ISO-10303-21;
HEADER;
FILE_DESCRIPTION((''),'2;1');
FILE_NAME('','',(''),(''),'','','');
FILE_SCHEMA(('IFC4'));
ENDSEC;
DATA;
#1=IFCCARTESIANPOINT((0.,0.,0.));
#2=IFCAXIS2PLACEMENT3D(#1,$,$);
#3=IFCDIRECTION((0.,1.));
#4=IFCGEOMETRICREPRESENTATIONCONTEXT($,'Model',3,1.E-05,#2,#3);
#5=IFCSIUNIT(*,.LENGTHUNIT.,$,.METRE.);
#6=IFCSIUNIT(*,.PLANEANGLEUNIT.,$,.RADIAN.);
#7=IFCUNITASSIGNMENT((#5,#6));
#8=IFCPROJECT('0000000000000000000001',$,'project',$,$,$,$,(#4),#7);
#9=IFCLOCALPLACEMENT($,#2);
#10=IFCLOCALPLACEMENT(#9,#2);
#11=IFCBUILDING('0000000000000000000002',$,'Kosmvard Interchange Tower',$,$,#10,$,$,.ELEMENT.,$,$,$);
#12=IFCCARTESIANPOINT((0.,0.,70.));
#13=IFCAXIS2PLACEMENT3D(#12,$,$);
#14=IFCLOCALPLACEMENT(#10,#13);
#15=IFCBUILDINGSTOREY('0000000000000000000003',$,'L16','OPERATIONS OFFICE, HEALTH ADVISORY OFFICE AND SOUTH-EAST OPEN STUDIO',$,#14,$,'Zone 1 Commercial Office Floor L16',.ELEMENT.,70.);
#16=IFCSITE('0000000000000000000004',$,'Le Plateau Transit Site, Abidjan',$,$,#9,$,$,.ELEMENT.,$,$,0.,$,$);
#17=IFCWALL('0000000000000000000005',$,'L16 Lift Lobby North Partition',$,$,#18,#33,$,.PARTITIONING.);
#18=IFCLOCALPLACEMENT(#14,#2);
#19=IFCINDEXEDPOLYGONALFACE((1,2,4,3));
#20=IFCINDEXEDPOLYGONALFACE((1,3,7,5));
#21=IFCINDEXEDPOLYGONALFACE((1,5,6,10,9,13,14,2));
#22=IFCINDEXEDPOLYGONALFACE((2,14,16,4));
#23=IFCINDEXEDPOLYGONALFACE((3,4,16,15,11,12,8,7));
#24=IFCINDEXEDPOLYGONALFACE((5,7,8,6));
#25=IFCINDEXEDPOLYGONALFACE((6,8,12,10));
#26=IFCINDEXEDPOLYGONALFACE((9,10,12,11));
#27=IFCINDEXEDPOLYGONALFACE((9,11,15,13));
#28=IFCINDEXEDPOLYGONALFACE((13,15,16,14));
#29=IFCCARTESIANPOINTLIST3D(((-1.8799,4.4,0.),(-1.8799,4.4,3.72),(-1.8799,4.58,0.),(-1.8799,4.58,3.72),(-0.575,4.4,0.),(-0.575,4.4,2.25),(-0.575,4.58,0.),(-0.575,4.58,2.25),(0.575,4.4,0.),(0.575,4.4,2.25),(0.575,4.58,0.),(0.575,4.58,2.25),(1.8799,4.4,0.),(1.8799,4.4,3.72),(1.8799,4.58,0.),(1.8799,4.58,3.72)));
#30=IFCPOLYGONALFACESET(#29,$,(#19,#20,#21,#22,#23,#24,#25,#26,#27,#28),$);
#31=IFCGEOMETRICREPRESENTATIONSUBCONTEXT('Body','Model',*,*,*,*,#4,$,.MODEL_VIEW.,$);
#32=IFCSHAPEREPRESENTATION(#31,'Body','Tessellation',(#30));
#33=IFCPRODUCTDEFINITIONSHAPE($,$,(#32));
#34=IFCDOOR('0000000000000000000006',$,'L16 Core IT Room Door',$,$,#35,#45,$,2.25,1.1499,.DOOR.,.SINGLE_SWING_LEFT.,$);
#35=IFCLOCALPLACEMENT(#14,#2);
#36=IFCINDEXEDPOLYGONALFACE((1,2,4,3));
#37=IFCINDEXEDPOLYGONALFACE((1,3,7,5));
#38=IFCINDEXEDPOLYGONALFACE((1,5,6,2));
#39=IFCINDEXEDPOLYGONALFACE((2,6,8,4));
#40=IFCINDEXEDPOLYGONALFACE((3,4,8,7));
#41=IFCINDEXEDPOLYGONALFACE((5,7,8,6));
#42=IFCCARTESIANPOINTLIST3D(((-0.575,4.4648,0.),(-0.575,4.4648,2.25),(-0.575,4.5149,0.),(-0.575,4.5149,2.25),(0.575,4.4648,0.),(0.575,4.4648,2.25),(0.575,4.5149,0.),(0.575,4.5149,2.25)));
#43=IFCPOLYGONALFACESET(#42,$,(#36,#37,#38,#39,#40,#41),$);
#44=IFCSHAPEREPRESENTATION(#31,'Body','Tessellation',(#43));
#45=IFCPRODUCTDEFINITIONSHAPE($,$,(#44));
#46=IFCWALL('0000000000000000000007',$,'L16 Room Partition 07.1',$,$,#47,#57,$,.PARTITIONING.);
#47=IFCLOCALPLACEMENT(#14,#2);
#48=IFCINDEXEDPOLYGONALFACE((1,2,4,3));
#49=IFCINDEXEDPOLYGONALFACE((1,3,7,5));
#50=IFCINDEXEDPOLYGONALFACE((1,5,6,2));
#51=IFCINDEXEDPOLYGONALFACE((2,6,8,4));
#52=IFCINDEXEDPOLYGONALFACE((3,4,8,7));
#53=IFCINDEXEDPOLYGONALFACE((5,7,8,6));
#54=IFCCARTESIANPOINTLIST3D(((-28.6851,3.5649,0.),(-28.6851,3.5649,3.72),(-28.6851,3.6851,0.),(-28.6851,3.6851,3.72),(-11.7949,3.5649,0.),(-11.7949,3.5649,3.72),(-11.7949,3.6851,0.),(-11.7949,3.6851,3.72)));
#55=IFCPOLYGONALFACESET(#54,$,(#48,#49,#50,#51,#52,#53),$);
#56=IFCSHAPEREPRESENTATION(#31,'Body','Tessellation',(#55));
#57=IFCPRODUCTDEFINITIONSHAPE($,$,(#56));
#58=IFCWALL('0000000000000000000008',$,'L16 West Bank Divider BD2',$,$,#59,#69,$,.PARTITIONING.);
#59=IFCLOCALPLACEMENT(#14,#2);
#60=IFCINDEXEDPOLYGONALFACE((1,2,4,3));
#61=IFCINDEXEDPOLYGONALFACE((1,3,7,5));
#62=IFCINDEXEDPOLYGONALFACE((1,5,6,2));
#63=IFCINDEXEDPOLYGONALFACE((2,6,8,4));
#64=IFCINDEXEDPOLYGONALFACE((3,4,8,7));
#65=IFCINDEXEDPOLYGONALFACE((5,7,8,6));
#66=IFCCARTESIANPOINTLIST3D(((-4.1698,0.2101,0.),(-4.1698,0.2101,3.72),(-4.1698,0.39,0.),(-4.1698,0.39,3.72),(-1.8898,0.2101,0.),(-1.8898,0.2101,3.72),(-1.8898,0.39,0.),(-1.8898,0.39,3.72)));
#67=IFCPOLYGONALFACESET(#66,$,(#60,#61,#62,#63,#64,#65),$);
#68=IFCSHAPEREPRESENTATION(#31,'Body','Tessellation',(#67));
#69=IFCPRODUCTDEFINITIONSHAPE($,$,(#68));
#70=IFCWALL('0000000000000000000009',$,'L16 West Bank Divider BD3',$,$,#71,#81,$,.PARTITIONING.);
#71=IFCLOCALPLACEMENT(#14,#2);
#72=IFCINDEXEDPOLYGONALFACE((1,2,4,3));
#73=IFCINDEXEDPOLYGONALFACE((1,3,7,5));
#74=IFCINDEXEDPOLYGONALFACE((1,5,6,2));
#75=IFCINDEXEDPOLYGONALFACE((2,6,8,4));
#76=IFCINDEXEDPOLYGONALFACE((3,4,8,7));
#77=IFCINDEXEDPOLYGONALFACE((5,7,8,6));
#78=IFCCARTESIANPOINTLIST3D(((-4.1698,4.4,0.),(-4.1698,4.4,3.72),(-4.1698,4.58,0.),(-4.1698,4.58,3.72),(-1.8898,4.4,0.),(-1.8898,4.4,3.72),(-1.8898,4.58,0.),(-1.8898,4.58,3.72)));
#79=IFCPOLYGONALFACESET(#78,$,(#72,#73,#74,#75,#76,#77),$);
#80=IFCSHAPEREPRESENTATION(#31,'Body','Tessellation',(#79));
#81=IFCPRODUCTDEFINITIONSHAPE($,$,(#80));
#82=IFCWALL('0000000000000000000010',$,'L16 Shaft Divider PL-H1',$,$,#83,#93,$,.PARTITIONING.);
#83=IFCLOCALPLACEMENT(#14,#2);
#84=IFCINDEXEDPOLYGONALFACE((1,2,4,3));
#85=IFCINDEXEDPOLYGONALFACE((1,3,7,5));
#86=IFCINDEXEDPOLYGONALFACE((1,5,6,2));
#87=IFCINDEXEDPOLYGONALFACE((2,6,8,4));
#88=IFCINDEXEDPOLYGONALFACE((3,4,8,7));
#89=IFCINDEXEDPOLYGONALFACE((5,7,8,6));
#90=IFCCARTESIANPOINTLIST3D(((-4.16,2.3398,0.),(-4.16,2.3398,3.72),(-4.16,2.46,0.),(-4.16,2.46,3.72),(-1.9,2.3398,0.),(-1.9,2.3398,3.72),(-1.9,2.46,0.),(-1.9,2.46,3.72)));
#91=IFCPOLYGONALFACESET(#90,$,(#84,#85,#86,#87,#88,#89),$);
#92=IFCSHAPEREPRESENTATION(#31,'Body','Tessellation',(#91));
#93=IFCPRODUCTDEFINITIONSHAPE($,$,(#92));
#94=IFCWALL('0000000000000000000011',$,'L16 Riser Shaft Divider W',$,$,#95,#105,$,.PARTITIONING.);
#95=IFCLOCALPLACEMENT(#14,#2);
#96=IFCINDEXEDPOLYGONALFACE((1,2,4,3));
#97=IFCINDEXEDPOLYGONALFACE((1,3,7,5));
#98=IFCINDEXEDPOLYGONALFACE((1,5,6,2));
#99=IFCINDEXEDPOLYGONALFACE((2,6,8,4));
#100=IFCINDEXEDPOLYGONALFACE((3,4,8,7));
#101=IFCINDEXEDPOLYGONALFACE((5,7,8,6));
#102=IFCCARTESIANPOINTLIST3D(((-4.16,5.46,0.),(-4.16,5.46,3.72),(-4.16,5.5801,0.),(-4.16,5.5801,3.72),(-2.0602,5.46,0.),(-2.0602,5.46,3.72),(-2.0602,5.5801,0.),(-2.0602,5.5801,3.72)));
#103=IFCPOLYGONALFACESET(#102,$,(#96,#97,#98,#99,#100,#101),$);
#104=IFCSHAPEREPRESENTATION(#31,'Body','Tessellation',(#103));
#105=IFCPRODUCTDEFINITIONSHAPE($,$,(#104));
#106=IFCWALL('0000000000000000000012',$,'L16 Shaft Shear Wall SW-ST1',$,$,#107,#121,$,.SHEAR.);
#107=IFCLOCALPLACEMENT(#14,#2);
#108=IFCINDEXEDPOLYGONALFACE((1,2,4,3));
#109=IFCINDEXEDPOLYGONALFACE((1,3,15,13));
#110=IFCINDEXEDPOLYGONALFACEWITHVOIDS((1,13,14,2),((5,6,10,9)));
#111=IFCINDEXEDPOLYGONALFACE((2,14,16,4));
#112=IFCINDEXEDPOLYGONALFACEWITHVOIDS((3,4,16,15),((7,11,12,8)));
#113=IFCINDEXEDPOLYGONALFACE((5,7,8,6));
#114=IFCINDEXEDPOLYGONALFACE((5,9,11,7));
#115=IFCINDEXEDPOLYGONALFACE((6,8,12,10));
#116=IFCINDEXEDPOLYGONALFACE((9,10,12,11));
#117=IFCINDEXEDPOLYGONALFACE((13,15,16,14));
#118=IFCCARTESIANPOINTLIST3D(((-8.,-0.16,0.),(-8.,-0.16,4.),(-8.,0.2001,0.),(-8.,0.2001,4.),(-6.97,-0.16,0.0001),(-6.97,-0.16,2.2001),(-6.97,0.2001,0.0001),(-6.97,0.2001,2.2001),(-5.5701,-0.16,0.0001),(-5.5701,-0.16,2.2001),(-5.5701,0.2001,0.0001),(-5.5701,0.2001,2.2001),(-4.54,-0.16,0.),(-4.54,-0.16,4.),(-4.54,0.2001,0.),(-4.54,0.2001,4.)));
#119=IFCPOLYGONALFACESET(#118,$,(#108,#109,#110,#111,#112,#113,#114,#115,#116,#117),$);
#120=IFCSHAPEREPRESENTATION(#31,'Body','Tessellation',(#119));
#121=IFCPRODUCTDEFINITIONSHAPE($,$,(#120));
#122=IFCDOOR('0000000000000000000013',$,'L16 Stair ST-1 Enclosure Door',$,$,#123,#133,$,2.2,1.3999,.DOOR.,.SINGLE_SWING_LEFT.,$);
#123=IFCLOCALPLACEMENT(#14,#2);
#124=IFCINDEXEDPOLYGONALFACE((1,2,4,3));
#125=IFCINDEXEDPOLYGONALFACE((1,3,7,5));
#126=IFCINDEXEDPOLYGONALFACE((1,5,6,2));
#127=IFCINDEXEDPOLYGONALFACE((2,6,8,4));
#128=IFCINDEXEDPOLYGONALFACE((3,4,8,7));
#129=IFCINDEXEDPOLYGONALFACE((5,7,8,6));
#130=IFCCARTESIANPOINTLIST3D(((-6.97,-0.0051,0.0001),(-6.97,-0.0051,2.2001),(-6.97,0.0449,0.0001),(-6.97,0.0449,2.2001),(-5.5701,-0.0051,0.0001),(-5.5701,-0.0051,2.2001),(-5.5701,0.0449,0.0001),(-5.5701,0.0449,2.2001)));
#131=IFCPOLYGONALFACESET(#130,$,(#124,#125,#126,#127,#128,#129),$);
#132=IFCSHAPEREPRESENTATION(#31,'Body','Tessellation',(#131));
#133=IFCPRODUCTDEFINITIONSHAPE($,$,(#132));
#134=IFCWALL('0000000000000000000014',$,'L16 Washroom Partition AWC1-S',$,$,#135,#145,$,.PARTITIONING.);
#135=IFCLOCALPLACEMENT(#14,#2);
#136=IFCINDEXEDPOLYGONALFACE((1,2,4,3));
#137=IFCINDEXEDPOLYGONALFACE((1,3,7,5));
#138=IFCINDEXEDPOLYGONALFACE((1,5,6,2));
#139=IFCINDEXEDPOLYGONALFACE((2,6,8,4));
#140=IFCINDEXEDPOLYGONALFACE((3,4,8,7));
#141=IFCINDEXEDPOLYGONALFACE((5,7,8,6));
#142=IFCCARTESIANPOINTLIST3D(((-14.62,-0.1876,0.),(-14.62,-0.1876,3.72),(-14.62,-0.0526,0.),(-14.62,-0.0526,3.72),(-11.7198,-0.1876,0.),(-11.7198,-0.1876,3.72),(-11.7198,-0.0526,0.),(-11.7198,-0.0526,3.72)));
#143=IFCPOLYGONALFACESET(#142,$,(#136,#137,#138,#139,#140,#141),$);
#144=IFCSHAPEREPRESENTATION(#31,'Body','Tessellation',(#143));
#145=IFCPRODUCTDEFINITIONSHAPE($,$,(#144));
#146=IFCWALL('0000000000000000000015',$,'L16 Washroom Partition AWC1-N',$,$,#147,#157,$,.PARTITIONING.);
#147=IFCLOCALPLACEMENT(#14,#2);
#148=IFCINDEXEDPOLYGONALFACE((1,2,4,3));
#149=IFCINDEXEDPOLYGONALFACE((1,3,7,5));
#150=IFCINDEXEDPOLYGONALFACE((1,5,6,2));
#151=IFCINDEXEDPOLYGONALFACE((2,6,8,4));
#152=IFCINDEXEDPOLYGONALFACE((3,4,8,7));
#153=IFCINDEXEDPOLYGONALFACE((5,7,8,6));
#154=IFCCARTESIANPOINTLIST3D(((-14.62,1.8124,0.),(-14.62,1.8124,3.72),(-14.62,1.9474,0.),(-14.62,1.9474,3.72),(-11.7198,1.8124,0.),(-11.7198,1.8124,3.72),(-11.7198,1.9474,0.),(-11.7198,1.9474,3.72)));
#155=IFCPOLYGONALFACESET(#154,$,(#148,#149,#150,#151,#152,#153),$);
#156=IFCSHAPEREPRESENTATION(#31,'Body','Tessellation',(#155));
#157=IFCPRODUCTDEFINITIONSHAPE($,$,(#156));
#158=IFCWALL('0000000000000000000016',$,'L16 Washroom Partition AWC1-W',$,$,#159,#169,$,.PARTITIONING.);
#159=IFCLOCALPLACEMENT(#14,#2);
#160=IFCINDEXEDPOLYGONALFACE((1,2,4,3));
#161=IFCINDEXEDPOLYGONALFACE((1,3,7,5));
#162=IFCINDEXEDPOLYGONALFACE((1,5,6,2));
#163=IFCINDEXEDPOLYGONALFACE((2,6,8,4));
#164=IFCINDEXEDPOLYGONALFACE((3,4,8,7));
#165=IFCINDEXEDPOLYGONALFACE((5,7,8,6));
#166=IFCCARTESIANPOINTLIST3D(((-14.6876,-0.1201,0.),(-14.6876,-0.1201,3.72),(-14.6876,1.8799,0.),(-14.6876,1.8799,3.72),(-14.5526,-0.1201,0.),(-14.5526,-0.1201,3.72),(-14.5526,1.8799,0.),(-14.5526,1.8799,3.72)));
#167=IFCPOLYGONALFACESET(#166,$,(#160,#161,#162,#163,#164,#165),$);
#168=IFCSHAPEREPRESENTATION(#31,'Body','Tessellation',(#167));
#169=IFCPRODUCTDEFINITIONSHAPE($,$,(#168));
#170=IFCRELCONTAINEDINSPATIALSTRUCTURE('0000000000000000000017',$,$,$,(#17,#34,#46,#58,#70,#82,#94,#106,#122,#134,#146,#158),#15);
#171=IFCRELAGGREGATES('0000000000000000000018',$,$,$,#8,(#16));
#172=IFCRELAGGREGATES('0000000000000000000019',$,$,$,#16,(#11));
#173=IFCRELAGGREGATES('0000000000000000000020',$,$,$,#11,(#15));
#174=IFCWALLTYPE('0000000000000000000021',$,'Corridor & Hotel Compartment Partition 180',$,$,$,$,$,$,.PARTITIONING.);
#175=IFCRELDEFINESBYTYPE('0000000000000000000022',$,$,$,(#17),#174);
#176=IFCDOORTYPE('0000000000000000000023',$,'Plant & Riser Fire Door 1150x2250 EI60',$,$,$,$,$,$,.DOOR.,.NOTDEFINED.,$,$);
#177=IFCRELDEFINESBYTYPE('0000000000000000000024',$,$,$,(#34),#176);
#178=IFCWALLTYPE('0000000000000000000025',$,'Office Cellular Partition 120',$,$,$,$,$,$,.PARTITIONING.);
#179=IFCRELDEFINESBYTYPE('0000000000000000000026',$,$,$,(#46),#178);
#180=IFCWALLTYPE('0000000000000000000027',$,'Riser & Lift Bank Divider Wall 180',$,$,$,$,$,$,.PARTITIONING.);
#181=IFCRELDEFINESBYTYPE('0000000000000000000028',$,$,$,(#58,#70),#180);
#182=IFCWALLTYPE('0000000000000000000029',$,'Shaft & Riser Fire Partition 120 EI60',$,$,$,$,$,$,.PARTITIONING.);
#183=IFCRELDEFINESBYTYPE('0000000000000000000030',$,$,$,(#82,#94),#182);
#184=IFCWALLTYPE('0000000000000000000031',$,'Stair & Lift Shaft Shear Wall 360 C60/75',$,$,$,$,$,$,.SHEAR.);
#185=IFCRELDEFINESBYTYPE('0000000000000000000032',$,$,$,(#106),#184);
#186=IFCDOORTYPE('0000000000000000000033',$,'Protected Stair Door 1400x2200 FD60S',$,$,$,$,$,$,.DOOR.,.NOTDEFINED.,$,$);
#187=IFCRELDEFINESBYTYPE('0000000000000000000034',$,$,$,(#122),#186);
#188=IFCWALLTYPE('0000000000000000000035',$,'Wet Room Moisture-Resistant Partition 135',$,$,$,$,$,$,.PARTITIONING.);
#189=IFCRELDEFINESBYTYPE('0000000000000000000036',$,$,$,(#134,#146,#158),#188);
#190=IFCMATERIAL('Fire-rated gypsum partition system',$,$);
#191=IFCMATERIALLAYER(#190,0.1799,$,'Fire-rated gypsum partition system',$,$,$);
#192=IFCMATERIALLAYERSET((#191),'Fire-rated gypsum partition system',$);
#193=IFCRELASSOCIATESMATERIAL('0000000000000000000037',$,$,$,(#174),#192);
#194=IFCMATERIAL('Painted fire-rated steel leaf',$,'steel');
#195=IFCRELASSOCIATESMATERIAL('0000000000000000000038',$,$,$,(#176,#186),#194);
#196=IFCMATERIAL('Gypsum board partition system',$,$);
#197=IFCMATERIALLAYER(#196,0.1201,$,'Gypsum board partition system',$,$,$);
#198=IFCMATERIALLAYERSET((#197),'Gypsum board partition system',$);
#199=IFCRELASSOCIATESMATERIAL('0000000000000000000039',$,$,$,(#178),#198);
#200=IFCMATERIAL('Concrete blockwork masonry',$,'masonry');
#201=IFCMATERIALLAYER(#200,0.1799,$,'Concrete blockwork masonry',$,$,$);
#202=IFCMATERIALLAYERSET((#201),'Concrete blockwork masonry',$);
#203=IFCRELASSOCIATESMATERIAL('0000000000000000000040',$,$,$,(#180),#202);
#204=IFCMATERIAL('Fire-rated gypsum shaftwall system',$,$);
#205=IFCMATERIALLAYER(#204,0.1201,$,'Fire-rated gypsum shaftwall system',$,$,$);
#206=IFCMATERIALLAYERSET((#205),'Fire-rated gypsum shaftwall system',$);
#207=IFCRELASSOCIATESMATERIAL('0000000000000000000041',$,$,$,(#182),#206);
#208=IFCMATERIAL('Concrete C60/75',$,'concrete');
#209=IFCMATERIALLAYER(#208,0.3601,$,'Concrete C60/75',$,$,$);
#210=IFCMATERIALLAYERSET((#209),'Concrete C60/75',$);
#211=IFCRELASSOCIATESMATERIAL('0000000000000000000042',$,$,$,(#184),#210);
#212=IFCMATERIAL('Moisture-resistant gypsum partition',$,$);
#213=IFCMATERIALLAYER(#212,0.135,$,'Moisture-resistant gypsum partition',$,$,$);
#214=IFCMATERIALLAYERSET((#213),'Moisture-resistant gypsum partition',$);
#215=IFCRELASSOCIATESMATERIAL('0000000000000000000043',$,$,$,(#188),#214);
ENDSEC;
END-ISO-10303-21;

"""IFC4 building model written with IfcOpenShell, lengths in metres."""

from ifc_helpers import new_model, si_unit, direction, frame, frame_2d, origin, place, context, subcontext, project, spatial, rectangle, extrude, source, transform, mapped, material, layer, layer_set, type_object, element, fill, save


model = new_model("IFC4")

# Units and contexts
model_context = context("Model", 3, precision=1e-05, world=origin(), true_north=direction((0.0, 1.0)))
body_context = subcontext(model_context, "Body", "Model", "MODEL_VIEW")
ifc_project = project(units=[si_unit("LENGTHUNIT", "METRE"), si_unit("PLANEANGLEUNIT", "RADIAN")], contexts=[model_context])

# Site, building, storey
site_placement = place(None, origin())
site = spatial("IfcSite", under=ifc_project, at=site_placement, Name="Le Plateau Transit Site, Abidjan", CompositionType="ELEMENT", RefElevation=0.0)
building_placement = place(site_placement, origin())
building = spatial("IfcBuilding", under=site, at=building_placement, Name="Kosmvard Interchange Tower", CompositionType="ELEMENT")
storey_placement = place(building_placement, frame((0.0, 0.0, 70.0)))
storey = spatial("IfcBuildingStorey", under=building, at=storey_placement, Name="L16", Description="OPERATIONS OFFICE, HEALTH ADVISORY OFFICE AND SOUTH-EAST OPEN STUDIO", LongName="Zone 1 Commercial Office Floor L16", CompositionType="ELEMENT", Elevation=70.0)

# Shared definitions
ifc_material_1 = material(Name="Concrete C60/75", Category="concrete")

# Shared definitions
ifc_material_2 = material(Name="Fire-rated gypsum partition system")

# Wall, opening, door
ifc_layer_1 = layer(ifc_material_2, 0.1799, Name="Fire-rated gypsum partition system")
ifc_layer_set_1 = layer_set([ifc_layer_1], Name="Fire-rated gypsum partition system")
wall_type_1 = type_object("IfcWallType", Name="Corridor & Hotel Compartment Partition 180", PredefinedType="PARTITIONING", material=ifc_layer_set_1)
wall_1_placement = place(storey_placement, frame((-1.8799, 4.49, 0.0), z_axis=(0.0, 0.0, 1.0), x_axis=(1.0, 0.0, 0.0)))
wall_1 = element("IfcWall", 1, at=wall_1_placement, inside=storey, type_object=wall_type_1, Name="L16 Lift Lobby North Partition", PredefinedType="PARTITIONING", context=body_context, shape_type="SweptSolid", body=[
    extrude(rectangle(XDim=3.7598, YDim=0.1799, at=frame_2d((1.8799, 0.0))), origin(), (0.0, 0.0, 1.0), 3.72),
])
opening_1_placement = place(wall_1_placement, frame((1.3049, 0.0, 0.0)))
opening_1 = element("IfcOpeningElement", 2, at=opening_1_placement, cuts=wall_1, PredefinedType="OPENING", context=body_context, shape_type="SweptSolid", body=[
    extrude(rectangle(XDim=1.1499, YDim=2.25, at=frame_2d((0.575, 1.125))), frame((0.0, 0.1001, 0.0), z_axis=(0.0, -1.0, 0.0), x_axis=(1.0, 0.0, 0.0)), (0.0, 0.0, 1.0), 0.2),
])
ifc_material_3 = material(Name="Painted fire-rated steel leaf", Category="steel")
door_type_1 = type_object("IfcDoorType", Name="Plant & Riser Fire Door 1150x2250 EI60", OperationType="NOTDEFINED", PredefinedType="DOOR", material=ifc_material_3)
shared_shape_1 = source(origin(), body_context, "Body", "SweptSolid", [
    extrude(rectangle(XDim=1.1499, YDim=2.25, at=frame_2d((0.575, 1.125))), frame((0.0, 0.0249, 0.0), z_axis=(0.0, -1.0, 0.0), x_axis=(1.0, 0.0, 0.0)), (0.0, 0.0, 1.0), 0.05),
])
door_1_placement = place(opening_1_placement, origin())
door_1 = element("IfcDoor", 3, at=door_1_placement, inside=storey, type_object=door_type_1, Name="L16 Core IT Room Door", OperationType="SINGLE_SWING_LEFT", OverallHeight=2.25, OverallWidth=1.1499, PredefinedType="DOOR", context=body_context, shape_type="MappedRepresentation", body=[
    mapped(shared_shape_1, transform((0.0, 0.0, 0.0), scale=1.0)),
])
fill(opening_1, door_1)

# Walls
ifc_material_4 = material(Name="Gypsum board partition system")
ifc_layer_2 = layer(ifc_material_4, 0.1201, Name="Gypsum board partition system")
ifc_layer_set_2 = layer_set([ifc_layer_2], Name="Gypsum board partition system")
wall_type_2 = type_object("IfcWallType", Name="Office Cellular Partition 120", PredefinedType="PARTITIONING", material=ifc_layer_set_2)
wall_2_placement = place(storey_placement, frame((-28.6851, 3.625, 0.0), z_axis=(0.0, 0.0, 1.0), x_axis=(1.0, 0.0, 0.0)))
element("IfcWall", 4, at=wall_2_placement, inside=storey, type_object=wall_type_2, Name="L16 Room Partition 07.1", PredefinedType="PARTITIONING", context=body_context, shape_type="SweptSolid", body=[
    extrude(rectangle(XDim=16.8901, YDim=0.1201, at=frame_2d((8.4451, 0.0))), origin(), (0.0, 0.0, 1.0), 3.72),
])
ifc_material_5 = material(Name="Concrete blockwork masonry", Category="masonry")
ifc_layer_3 = layer(ifc_material_5, 0.1799, Name="Concrete blockwork masonry")
ifc_layer_set_3 = layer_set([ifc_layer_3], Name="Concrete blockwork masonry")
wall_type_3 = type_object("IfcWallType", Name="Riser & Lift Bank Divider Wall 180", PredefinedType="PARTITIONING", material=ifc_layer_set_3)
for number, where, z_axis, x_axis, name in (
    (5, (-4.1699, 0.3, 0.0), (0.0, 0.0, 1.0), (1.0, 0.0, 0.0), "L16 West Bank Divider BD2"),
    (6, (-4.1699, 4.49, 0.0), (0.0, 0.0, 1.0), (1.0, 0.0, 0.0), "L16 West Bank Divider BD3"),
):
    element("IfcWall", number, at=place(storey_placement, frame(where, z_axis=z_axis, x_axis=x_axis)), inside=storey, type_object=wall_type_3, Name=name, PredefinedType="PARTITIONING", context=body_context, shape_type="SweptSolid", body=[
        extrude(rectangle(XDim=2.28, YDim=0.1799, at=frame_2d((1.1401, 0.0))), origin(), (0.0, 0.0, 1.0), 3.72),
    ])
ifc_material_6 = material(Name="Fire-rated gypsum shaftwall system")
ifc_layer_4 = layer(ifc_material_6, 0.1201, Name="Fire-rated gypsum shaftwall system")
ifc_layer_set_4 = layer_set([ifc_layer_4], Name="Fire-rated gypsum shaftwall system")
wall_type_4 = type_object("IfcWallType", Name="Shaft & Riser Fire Partition 120 EI60", PredefinedType="PARTITIONING", material=ifc_layer_set_4)
wall_3_placement = place(storey_placement, frame((-4.1599, 2.3999, 0.0), z_axis=(0.0, 0.0, 1.0), x_axis=(1.0, 0.0, 0.0)))
element("IfcWall", 7, at=wall_3_placement, inside=storey, type_object=wall_type_4, Name="L16 Shaft Divider PL-H1", PredefinedType="PARTITIONING", context=body_context, shape_type="SweptSolid", body=[
    extrude(rectangle(XDim=2.26, YDim=0.1201, at=frame_2d((1.1299, 0.0))), origin(), (0.0, 0.0, 1.0), 3.72),
])
wall_4_placement = place(storey_placement, frame((-4.1599, 5.52, 0.0), z_axis=(0.0, 0.0, 1.0), x_axis=(1.0, 0.0, 0.0)))
element("IfcWall", 8, at=wall_4_placement, inside=storey, type_object=wall_type_4, Name="L16 Riser Shaft Divider W", PredefinedType="PARTITIONING", context=body_context, shape_type="SweptSolid", body=[
    extrude(rectangle(XDim=2.0999, YDim=0.1201, at=frame_2d((1.0498, 0.0))), origin(), (0.0, 0.0, 1.0), 3.72),
])

# Wall, opening, door
ifc_layer_5 = layer(ifc_material_1, 0.3601, Name="Concrete C60/75")
ifc_layer_set_5 = layer_set([ifc_layer_5], Name="Concrete C60/75")
wall_type_5 = type_object("IfcWallType", Name="Stair & Lift Shaft Shear Wall 360 C60/75", PredefinedType="SHEAR", material=ifc_layer_set_5)
wall_5_placement = place(storey_placement, frame((-8.0, 0.02, 0.0), z_axis=(0.0, 0.0, 1.0), x_axis=(1.0, 0.0, 0.0)))
wall_5 = element("IfcWall", 9, at=wall_5_placement, inside=storey, type_object=wall_type_5, Name="L16 Shaft Shear Wall SW-ST1", PredefinedType="SHEAR", context=body_context, shape_type="SweptSolid", body=[
    extrude(rectangle(XDim=3.46, YDim=0.3601, at=frame_2d((1.73, 0.0))), origin(), (0.0, 0.0, 1.0), 4.0),
])
opening_2_placement = place(wall_5_placement, frame((1.03, 0.0, 0.0)))
opening_2 = element("IfcOpeningElement", 10, at=opening_2_placement, cuts=wall_5, PredefinedType="OPENING", context=body_context, shape_type="SweptSolid", body=[
    extrude(rectangle(XDim=1.3999, YDim=2.2, at=frame_2d((0.7, 1.1001))), frame((0.0, 0.1899, 0.0), z_axis=(0.0, -1.0, 0.0), x_axis=(1.0, 0.0, 0.0)), (0.0, 0.0, 1.0), 0.3801),
])
door_type_2 = type_object("IfcDoorType", Name="Protected Stair Door 1400x2200 FD60S", OperationType="NOTDEFINED", PredefinedType="DOOR", material=ifc_material_3)
shared_shape_2 = source(origin(), body_context, "Body", "SweptSolid", [
    extrude(rectangle(XDim=1.3999, YDim=2.2, at=frame_2d((0.7, 1.1001))), frame((0.0, 0.0249, 0.0), z_axis=(0.0, -1.0, 0.0), x_axis=(1.0, 0.0, 0.0)), (0.0, 0.0, 1.0), 0.05),
])
door_2_placement = place(opening_2_placement, origin())
door_2 = element("IfcDoor", 11, at=door_2_placement, inside=storey, type_object=door_type_2, Name="L16 Stair ST-1 Enclosure Door", OperationType="SINGLE_SWING_LEFT", OverallHeight=2.2, OverallWidth=1.3999, PredefinedType="DOOR", context=body_context, shape_type="MappedRepresentation", body=[
    mapped(shared_shape_2, transform((0.0, 0.0, 0.0), scale=1.0)),
])
fill(opening_2, door_2)

# Walls
ifc_material_7 = material(Name="Moisture-resistant gypsum partition")
ifc_layer_6 = layer(ifc_material_7, 0.135, Name="Moisture-resistant gypsum partition")
ifc_layer_set_6 = layer_set([ifc_layer_6], Name="Moisture-resistant gypsum partition")
wall_type_6 = type_object("IfcWallType", Name="Wet Room Moisture-Resistant Partition 135", PredefinedType="PARTITIONING", material=ifc_layer_set_6)
for number, where, z_axis, x_axis, name in (
    (12, (-14.6201, -0.1201, 0.0), (0.0, 0.0, 1.0), (1.0, 0.0, 0.0), "L16 Washroom Partition AWC1-S"),
    (13, (-14.6201, 1.8799, 0.0), (0.0, 0.0, 1.0), (1.0, 0.0, 0.0), "L16 Washroom Partition AWC1-N"),
):
    element("IfcWall", number, at=place(storey_placement, frame(where, z_axis=z_axis, x_axis=x_axis)), inside=storey, type_object=wall_type_6, Name=name, PredefinedType="PARTITIONING", context=body_context, shape_type="SweptSolid", body=[
        extrude(rectangle(XDim=2.9001, YDim=0.135, at=frame_2d((1.4502, 0.0))), origin(), (0.0, 0.0, 1.0), 3.72),
    ])
wall_6_placement = place(storey_placement, frame((-14.6201, -0.1201, 0.0), z_axis=(0.0, 0.0, 1.0), x_axis=(0.0, 1.0, 0.0)))
element("IfcWall", 14, at=wall_6_placement, inside=storey, type_object=wall_type_6, Name="L16 Washroom Partition AWC1-W", PredefinedType="PARTITIONING", context=body_context, shape_type="SweptSolid", body=[
    extrude(rectangle(XDim=2.0, YDim=0.135, at=frame_2d((1.0, 0.0))), origin(), (0.0, 0.0, 1.0), 3.72),
])

save(model, "model.ifc")
